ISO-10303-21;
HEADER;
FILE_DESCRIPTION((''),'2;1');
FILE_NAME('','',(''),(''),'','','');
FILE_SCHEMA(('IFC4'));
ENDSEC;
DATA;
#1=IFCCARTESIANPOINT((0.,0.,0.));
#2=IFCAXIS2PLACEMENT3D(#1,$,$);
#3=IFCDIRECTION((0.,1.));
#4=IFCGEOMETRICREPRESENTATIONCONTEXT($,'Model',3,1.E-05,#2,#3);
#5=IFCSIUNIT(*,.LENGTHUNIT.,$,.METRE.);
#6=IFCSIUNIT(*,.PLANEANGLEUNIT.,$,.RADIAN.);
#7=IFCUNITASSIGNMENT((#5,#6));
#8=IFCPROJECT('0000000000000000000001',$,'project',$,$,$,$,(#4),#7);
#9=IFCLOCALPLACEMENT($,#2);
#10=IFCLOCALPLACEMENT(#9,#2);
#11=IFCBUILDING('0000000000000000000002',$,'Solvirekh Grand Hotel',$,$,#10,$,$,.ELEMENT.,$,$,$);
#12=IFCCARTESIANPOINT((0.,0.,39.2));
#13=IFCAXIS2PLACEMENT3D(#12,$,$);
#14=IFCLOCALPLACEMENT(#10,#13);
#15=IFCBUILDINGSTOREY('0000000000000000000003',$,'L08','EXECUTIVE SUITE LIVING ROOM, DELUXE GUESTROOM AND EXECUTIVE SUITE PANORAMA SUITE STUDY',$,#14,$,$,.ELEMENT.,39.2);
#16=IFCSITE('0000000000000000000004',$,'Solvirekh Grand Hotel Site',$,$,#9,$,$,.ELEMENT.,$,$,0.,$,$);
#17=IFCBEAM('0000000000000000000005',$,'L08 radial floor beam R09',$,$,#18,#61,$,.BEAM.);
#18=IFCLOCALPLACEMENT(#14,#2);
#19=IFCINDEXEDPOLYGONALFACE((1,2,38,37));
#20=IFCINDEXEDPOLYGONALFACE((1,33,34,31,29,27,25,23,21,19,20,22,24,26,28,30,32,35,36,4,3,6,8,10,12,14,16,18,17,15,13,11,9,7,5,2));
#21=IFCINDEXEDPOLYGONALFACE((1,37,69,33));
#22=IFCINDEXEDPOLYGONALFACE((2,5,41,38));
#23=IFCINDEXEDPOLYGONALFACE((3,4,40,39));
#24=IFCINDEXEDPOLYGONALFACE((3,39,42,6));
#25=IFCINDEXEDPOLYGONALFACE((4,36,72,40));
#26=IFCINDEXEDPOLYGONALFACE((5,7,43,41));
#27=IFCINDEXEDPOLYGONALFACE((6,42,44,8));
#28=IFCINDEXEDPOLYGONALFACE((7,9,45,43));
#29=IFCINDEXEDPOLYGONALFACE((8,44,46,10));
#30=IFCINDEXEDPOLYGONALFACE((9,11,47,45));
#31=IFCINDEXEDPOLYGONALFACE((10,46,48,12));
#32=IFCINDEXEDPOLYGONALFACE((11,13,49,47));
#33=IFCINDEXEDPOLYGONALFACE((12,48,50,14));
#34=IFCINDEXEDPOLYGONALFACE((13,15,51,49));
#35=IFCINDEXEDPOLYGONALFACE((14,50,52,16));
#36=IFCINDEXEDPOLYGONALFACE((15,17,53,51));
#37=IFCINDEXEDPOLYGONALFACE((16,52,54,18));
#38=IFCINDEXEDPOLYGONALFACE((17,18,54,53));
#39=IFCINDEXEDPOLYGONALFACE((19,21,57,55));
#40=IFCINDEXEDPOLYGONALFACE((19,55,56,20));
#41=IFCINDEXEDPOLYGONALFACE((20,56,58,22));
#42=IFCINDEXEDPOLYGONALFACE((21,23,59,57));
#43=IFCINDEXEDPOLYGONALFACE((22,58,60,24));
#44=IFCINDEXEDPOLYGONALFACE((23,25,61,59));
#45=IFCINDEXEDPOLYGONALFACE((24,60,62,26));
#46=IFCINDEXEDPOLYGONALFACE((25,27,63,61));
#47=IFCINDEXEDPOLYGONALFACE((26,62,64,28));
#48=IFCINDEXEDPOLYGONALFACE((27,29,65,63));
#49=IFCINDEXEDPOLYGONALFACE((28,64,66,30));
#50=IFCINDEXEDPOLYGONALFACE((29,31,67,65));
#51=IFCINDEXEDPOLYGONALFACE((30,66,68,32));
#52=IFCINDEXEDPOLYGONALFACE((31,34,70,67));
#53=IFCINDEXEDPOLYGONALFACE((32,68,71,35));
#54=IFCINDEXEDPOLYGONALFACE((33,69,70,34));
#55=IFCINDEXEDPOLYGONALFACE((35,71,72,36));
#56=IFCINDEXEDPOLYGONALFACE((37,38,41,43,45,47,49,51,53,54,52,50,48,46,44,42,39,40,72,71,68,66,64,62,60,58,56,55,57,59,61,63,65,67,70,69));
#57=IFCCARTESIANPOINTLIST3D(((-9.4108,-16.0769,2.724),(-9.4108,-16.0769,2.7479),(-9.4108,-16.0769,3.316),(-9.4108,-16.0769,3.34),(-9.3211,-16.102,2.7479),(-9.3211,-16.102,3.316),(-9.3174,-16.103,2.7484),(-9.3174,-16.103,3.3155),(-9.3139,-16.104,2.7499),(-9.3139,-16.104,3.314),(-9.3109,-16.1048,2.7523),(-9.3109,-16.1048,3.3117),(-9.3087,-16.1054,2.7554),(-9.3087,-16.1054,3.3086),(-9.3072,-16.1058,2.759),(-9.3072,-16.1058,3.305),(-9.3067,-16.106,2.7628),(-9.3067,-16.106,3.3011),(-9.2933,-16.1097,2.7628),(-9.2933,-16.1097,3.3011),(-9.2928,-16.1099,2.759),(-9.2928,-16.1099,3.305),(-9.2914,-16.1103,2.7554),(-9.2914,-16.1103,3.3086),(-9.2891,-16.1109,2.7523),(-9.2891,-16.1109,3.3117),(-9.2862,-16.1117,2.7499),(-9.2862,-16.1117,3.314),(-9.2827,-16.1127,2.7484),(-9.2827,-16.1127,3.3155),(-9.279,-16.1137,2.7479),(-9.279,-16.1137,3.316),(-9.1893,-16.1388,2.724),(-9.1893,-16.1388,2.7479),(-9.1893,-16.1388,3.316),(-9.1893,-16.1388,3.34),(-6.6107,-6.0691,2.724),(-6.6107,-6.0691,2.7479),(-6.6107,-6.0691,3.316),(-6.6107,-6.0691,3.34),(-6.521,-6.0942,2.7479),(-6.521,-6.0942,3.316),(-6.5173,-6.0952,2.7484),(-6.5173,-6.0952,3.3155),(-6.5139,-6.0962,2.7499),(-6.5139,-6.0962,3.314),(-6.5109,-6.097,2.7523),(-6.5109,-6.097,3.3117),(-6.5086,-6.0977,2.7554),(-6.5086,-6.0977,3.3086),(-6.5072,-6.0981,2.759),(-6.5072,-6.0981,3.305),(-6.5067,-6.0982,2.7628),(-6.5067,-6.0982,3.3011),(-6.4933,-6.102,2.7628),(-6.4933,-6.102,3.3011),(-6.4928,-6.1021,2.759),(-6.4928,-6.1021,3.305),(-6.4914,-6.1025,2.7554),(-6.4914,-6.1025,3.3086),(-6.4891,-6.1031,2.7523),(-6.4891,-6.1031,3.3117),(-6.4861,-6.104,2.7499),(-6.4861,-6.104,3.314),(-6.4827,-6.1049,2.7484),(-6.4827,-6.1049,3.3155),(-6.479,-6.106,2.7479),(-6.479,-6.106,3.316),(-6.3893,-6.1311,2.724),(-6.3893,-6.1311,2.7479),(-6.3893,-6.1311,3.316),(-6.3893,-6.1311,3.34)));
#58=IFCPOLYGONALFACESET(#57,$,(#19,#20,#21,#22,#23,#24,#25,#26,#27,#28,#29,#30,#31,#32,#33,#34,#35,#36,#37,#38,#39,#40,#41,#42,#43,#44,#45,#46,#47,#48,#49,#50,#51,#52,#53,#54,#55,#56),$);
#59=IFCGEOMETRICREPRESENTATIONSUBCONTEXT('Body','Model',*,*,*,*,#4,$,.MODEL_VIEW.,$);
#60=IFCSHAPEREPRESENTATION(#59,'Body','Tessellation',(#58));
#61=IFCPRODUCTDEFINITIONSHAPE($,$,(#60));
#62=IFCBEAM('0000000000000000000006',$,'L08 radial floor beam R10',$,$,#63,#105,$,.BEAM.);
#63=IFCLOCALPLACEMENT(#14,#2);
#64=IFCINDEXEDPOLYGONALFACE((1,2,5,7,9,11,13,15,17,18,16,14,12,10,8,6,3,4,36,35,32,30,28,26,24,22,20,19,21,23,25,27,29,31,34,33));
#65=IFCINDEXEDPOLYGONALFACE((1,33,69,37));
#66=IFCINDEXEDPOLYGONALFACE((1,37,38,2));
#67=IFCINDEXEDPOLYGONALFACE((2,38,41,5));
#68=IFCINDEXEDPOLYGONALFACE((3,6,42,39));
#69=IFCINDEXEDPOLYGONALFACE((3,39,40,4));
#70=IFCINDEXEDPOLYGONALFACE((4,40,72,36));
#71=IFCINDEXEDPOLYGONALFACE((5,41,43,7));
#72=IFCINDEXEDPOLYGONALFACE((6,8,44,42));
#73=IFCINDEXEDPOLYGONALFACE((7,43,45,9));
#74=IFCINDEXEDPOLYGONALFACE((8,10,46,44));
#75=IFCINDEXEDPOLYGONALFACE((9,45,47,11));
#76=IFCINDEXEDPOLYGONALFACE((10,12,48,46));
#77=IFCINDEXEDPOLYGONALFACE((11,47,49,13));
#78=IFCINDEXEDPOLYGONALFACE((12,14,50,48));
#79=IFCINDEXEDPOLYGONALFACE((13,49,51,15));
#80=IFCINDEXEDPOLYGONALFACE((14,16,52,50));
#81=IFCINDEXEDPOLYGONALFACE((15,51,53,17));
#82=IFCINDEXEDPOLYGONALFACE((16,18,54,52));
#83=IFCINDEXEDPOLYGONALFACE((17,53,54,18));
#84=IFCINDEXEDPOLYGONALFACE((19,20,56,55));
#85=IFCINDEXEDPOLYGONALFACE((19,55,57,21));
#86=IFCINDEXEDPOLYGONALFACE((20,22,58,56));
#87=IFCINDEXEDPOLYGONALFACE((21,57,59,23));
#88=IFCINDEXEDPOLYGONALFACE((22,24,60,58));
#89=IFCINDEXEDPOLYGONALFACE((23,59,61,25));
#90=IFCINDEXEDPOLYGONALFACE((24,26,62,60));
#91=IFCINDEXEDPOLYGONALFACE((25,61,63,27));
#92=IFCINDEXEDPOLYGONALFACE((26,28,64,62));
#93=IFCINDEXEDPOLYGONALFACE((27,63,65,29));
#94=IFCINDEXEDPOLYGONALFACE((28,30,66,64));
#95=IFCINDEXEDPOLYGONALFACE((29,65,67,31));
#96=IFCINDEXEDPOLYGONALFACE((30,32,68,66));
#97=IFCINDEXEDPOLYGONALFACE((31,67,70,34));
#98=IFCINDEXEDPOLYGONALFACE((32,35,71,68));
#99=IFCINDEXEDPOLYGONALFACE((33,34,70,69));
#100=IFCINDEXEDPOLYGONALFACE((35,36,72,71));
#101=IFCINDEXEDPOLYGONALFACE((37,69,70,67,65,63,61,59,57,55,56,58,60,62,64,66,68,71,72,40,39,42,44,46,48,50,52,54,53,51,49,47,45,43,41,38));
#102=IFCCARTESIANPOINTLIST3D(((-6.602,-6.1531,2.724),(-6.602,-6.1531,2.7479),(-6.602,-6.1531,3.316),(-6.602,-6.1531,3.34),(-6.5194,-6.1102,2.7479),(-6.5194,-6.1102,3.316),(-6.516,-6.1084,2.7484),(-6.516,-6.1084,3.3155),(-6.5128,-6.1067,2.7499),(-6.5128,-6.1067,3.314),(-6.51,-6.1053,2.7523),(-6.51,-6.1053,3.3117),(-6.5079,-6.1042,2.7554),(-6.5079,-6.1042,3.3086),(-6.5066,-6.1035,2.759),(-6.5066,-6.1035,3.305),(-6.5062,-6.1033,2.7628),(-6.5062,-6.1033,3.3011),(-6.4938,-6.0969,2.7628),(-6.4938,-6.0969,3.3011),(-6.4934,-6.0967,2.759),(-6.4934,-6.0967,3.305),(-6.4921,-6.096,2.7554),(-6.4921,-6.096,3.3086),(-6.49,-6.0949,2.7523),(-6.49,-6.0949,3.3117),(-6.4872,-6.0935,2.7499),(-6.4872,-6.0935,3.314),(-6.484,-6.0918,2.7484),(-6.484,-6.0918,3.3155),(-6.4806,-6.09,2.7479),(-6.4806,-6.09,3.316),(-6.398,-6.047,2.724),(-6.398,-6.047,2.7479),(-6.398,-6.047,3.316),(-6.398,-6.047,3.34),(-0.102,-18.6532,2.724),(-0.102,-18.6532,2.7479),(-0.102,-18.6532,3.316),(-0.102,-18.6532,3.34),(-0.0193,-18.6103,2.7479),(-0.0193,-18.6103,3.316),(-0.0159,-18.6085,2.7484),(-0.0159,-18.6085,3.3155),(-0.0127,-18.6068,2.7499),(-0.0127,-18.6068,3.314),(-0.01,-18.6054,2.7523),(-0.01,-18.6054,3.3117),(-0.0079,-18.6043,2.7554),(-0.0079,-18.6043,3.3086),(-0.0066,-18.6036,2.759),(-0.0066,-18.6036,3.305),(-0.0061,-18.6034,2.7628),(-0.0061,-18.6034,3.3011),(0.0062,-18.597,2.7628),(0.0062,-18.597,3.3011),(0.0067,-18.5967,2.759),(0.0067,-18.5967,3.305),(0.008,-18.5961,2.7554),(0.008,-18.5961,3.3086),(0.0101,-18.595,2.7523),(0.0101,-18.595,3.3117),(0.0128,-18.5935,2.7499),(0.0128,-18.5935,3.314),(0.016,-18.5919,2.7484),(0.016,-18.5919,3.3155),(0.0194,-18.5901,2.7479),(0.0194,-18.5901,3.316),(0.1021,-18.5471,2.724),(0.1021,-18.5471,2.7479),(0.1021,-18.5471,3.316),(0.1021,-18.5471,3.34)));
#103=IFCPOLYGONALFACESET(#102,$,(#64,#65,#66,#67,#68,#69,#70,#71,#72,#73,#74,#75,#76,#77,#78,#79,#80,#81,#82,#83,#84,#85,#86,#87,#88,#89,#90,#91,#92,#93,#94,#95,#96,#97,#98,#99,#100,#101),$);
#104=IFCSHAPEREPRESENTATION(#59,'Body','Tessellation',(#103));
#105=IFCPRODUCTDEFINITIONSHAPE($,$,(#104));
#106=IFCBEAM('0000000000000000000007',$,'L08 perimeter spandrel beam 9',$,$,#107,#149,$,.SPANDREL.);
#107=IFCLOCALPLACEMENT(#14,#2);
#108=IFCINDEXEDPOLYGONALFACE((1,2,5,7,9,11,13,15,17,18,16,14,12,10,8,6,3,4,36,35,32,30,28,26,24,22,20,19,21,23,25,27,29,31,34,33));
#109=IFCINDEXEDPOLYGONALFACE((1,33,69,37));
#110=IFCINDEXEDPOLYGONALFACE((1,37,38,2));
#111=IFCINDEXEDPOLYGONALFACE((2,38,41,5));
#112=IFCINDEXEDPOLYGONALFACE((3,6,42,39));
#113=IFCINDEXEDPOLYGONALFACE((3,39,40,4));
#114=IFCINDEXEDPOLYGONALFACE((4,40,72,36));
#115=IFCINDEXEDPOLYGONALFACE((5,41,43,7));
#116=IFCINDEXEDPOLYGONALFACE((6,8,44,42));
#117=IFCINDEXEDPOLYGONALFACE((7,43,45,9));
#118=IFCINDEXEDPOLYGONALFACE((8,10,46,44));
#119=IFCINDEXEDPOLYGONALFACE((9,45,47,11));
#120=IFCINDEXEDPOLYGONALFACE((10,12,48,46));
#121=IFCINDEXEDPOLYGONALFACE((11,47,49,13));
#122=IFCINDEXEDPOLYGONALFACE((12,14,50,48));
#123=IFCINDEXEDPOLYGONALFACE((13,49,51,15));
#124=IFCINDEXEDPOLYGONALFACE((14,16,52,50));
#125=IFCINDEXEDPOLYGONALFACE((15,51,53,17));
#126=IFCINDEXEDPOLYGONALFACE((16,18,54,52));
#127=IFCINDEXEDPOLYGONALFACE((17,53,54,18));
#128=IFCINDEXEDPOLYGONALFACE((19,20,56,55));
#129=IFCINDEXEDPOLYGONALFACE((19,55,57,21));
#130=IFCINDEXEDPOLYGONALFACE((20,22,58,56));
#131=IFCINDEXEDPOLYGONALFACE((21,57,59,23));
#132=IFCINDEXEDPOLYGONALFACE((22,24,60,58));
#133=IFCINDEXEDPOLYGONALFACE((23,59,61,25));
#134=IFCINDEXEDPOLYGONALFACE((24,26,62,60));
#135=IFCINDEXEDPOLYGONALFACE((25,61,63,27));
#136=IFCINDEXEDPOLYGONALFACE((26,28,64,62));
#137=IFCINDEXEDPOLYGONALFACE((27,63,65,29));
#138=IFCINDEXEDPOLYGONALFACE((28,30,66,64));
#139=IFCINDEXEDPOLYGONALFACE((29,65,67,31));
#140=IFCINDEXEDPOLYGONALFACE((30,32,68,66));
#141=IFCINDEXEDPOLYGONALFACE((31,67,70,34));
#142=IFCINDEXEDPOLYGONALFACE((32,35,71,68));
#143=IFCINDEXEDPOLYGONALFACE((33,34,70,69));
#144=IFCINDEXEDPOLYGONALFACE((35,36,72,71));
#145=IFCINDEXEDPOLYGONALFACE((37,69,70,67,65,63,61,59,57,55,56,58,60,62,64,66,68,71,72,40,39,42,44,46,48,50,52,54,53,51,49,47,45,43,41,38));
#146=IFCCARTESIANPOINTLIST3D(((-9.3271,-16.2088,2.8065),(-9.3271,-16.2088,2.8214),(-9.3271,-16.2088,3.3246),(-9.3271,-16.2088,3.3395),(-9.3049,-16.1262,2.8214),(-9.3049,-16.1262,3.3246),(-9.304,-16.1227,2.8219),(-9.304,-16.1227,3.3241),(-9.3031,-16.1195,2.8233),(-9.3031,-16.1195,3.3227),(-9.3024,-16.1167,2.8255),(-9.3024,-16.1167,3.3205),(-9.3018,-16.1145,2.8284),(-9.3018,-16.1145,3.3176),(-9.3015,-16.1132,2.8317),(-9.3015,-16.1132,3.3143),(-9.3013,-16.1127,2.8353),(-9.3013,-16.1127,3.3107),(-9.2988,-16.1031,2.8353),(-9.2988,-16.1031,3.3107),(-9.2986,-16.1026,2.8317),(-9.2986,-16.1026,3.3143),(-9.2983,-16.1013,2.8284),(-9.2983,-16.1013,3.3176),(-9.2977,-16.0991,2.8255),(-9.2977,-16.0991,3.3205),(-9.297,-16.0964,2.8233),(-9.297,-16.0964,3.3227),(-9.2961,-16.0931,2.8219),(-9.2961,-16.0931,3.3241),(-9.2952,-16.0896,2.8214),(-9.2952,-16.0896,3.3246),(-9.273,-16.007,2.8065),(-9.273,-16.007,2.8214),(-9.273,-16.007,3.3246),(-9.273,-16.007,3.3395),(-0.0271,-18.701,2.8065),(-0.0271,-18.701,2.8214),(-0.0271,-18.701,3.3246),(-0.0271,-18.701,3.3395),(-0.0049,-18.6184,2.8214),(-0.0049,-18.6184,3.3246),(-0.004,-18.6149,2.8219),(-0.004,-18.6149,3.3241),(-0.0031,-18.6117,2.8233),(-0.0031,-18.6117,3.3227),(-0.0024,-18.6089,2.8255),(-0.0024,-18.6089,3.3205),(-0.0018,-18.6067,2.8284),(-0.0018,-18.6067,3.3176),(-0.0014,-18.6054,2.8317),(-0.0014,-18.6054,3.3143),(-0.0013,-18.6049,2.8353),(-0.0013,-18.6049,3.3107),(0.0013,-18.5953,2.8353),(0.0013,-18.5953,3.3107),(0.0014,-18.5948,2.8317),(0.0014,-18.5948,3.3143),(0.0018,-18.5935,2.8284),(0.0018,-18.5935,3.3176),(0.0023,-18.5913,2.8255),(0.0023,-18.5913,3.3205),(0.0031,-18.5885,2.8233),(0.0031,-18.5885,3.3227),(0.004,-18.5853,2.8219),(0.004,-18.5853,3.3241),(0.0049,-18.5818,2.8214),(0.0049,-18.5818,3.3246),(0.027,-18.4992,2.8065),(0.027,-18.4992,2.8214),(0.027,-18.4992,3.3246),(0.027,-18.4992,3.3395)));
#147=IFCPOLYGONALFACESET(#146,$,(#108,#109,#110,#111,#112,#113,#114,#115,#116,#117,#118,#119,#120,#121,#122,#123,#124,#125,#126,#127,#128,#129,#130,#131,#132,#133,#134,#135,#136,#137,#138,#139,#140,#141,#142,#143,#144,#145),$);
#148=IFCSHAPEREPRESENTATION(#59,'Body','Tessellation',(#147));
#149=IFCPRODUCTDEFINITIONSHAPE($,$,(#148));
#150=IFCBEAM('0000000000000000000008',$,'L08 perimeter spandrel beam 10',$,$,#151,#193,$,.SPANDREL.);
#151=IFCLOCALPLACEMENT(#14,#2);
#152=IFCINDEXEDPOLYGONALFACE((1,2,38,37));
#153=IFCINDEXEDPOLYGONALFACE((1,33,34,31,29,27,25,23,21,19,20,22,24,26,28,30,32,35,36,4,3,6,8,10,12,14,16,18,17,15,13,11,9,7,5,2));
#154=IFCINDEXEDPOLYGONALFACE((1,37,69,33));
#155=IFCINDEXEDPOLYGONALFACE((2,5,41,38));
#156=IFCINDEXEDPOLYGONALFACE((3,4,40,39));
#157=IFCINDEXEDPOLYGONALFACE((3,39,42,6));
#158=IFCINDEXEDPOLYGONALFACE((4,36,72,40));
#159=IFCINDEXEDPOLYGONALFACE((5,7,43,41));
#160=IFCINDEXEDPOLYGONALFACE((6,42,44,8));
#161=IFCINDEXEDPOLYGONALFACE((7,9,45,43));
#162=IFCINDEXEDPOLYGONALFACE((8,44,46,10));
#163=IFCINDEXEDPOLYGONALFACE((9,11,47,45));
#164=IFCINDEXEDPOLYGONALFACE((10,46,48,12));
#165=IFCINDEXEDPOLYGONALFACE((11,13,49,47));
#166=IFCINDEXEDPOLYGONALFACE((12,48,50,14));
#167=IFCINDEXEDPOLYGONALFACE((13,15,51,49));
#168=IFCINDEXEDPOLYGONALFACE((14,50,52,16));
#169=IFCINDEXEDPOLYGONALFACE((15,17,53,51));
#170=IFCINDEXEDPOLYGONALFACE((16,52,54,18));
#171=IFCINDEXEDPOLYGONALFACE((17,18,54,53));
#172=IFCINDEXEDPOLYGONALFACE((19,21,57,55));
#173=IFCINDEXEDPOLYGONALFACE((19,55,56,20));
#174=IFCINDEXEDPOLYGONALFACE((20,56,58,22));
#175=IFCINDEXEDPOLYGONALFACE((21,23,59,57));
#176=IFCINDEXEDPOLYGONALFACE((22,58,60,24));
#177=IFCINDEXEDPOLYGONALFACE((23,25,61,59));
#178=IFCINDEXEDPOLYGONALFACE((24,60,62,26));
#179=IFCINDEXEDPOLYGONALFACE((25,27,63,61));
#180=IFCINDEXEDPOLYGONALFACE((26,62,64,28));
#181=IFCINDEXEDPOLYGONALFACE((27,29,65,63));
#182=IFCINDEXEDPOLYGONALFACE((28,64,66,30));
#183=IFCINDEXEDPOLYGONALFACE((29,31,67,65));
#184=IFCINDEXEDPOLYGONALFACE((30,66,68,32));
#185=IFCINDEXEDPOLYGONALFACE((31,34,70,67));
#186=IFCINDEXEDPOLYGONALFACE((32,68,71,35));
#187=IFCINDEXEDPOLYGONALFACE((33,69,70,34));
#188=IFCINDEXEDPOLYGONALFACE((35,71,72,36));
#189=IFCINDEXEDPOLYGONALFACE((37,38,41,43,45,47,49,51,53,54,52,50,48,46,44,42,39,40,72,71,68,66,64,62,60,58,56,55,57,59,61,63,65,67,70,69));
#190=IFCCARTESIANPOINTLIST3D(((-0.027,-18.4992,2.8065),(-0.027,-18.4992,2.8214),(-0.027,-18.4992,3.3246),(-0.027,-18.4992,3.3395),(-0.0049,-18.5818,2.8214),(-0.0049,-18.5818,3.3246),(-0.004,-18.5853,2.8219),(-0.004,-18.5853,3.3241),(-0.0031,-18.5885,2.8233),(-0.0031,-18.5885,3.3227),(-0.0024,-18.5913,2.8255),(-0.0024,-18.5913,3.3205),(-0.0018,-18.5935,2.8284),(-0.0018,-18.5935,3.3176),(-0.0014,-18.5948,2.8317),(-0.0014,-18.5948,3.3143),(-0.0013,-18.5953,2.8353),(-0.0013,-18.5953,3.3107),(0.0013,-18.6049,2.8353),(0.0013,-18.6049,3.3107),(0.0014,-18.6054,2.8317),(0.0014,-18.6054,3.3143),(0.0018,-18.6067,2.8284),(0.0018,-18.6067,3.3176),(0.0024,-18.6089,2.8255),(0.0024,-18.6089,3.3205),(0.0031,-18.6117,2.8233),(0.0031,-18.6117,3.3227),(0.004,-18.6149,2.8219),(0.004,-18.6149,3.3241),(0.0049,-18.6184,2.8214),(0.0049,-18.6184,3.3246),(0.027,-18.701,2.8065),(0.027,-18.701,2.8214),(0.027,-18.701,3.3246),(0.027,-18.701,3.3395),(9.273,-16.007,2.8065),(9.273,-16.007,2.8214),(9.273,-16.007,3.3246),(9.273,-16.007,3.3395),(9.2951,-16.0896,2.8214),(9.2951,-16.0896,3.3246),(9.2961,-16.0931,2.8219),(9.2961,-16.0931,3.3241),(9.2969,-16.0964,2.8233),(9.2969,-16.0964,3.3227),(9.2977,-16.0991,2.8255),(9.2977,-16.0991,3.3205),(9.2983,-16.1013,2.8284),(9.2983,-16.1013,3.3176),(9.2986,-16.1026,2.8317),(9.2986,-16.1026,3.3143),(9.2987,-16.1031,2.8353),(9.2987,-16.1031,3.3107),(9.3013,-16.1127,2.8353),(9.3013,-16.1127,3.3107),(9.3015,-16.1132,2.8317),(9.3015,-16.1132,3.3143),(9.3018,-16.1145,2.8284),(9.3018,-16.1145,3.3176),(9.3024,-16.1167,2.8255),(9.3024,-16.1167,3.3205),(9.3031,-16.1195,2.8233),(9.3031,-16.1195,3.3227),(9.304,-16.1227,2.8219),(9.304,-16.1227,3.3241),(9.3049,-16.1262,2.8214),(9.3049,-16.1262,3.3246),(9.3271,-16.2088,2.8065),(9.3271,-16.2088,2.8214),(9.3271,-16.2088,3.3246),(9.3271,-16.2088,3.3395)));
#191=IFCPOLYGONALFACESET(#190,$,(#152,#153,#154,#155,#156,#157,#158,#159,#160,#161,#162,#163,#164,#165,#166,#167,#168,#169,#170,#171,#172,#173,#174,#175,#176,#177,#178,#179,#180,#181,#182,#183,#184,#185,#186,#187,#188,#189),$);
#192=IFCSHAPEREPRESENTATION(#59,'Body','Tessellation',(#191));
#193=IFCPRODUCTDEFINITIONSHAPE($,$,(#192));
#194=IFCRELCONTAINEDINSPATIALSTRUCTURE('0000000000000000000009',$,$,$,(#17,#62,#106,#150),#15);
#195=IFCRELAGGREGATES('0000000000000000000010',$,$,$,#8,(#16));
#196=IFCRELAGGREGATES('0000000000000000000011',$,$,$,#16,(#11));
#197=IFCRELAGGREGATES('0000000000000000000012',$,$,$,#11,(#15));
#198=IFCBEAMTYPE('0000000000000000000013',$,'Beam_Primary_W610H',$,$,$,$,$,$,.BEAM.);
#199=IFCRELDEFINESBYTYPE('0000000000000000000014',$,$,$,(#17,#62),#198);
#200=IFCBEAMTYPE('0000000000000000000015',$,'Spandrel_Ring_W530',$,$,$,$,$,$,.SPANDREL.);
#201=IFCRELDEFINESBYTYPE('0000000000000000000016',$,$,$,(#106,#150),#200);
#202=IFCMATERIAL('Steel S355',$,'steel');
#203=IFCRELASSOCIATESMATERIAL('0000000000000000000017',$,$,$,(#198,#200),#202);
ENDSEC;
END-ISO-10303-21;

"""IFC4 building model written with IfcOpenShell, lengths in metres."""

from ifc_helpers import new_model, si_unit, direction, frame, origin, origin_2d, place, context, subcontext, project, spatial, i_section, extrude, material, material_profile, profile_set, type_object, element, save


model = new_model("IFC4")

# Units and contexts
model_context = context("Model", 3, precision=1e-05, world=origin(), true_north=direction((0.0, 1.0)))
body_context = subcontext(model_context, "Body", "Model", "MODEL_VIEW")
ifc_project = project(units=[si_unit("LENGTHUNIT", "METRE"), si_unit("PLANEANGLEUNIT", "RADIAN")], contexts=[model_context])

# Site, building, storey
site_placement = place(None, origin())
site = spatial("IfcSite", under=ifc_project, at=site_placement, Name="Solvirekh Grand Hotel Site", CompositionType="ELEMENT", RefElevation=0.0)
building_placement = place(site_placement, origin())
building = spatial("IfcBuilding", under=site, at=building_placement, Name="Solvirekh Grand Hotel", CompositionType="ELEMENT")
storey_placement = place(building_placement, frame((0.0, 0.0, 39.2)))
storey = spatial("IfcBuildingStorey", under=building, at=storey_placement, Name="L08", Description="EXECUTIVE SUITE LIVING ROOM, DELUXE GUESTROOM AND EXECUTIVE SUITE PANORAMA SUITE STUDY", CompositionType="ELEMENT", Elevation=39.2)

# Beams
ifc_material_1 = material(Name="Steel S355", Category="steel")
ifc_material_profile_1 = material_profile(ifc_material_1, i_section(OverallWidth=0.23, OverallDepth=0.616, WebThickness=0.0139, FlangeThickness=0.0239, FilletRadius=0.0149, at=origin_2d()), Name="W610X174")
ifc_profile_set_1 = profile_set([ifc_material_profile_1], Name="Steel S355")
beam_type_1 = type_object("IfcBeamType", Name="Beam_Primary_W610H", PredefinedType="BEAM", material=ifc_profile_set_1)
beam_1_placement = place(storey_placement, frame((-6.5, -6.1001, 3.032), z_axis=(-0.269439, -0.963017, 0.0), x_axis=(0.963017, -0.269439, 0.0)))
element("IfcBeam", 1, at=beam_1_placement, inside=storey, type_object=beam_type_1, Name="L08 radial floor beam R09", PredefinedType="BEAM", context=body_context, shape_type="SweptSolid", body=[
    extrude(i_section(OverallWidth=0.23, OverallDepth=0.616, WebThickness=0.0139, FlangeThickness=0.0239, FilletRadius=0.0149, at=origin_2d()), origin(), (0.0, 0.0, 1.0), 10.3921),
])
beam_2_placement = place(storey_placement, frame((-6.5, -6.1001, 3.032), z_axis=(0.461353, -0.887217, 0.0), x_axis=(0.887217, 0.461353, 0.0)))
element("IfcBeam", 2, at=beam_2_placement, inside=storey, type_object=beam_type_1, Name="L08 radial floor beam R10", PredefinedType="BEAM", context=body_context, shape_type="SweptSolid", body=[
    extrude(i_section(OverallWidth=0.23, OverallDepth=0.616, WebThickness=0.0139, FlangeThickness=0.0239, FilletRadius=0.0149, at=origin_2d()), origin(), (0.0, 0.0, 1.0), 14.0891),
])
ifc_material_profile_2 = material_profile(ifc_material_1, i_section(OverallWidth=0.209, OverallDepth=0.533, WebThickness=0.01, FlangeThickness=0.0149, FilletRadius=0.0139, at=origin_2d()), Name="W530X92")
ifc_profile_set_2 = profile_set([ifc_material_profile_2], Name="Steel S355")
beam_type_2 = type_object("IfcBeamType", Name="Spandrel_Ring_W530", PredefinedType="SPANDREL", material=ifc_profile_set_2)
for number, where, z_axis, x_axis, name in (
    (3, (-9.3, -16.1079, 3.073), (0.965919, -0.258843, 0.0), (0.258843, 0.965919, 0.0), "L08 perimeter spandrel beam 9"),
    (4, (0.0, -18.6001, 3.073), (0.965919, 0.258843, 0.0), (-0.258843, 0.965919, 0.0), "L08 perimeter spandrel beam 10"),
):
    element("IfcBeam", number, at=place(storey_placement, frame(where, z_axis=z_axis, x_axis=x_axis)), inside=storey, type_object=beam_type_2, Name=name, PredefinedType="SPANDREL", context=body_context, shape_type="SweptSolid", body=[
        extrude(i_section(OverallWidth=0.209, OverallDepth=0.533, WebThickness=0.01, FlangeThickness=0.0149, FilletRadius=0.0139, at=origin_2d()), origin(), (0.0, 0.0, 1.0), 9.6282),
    ])

save(model, "model.ifc")
